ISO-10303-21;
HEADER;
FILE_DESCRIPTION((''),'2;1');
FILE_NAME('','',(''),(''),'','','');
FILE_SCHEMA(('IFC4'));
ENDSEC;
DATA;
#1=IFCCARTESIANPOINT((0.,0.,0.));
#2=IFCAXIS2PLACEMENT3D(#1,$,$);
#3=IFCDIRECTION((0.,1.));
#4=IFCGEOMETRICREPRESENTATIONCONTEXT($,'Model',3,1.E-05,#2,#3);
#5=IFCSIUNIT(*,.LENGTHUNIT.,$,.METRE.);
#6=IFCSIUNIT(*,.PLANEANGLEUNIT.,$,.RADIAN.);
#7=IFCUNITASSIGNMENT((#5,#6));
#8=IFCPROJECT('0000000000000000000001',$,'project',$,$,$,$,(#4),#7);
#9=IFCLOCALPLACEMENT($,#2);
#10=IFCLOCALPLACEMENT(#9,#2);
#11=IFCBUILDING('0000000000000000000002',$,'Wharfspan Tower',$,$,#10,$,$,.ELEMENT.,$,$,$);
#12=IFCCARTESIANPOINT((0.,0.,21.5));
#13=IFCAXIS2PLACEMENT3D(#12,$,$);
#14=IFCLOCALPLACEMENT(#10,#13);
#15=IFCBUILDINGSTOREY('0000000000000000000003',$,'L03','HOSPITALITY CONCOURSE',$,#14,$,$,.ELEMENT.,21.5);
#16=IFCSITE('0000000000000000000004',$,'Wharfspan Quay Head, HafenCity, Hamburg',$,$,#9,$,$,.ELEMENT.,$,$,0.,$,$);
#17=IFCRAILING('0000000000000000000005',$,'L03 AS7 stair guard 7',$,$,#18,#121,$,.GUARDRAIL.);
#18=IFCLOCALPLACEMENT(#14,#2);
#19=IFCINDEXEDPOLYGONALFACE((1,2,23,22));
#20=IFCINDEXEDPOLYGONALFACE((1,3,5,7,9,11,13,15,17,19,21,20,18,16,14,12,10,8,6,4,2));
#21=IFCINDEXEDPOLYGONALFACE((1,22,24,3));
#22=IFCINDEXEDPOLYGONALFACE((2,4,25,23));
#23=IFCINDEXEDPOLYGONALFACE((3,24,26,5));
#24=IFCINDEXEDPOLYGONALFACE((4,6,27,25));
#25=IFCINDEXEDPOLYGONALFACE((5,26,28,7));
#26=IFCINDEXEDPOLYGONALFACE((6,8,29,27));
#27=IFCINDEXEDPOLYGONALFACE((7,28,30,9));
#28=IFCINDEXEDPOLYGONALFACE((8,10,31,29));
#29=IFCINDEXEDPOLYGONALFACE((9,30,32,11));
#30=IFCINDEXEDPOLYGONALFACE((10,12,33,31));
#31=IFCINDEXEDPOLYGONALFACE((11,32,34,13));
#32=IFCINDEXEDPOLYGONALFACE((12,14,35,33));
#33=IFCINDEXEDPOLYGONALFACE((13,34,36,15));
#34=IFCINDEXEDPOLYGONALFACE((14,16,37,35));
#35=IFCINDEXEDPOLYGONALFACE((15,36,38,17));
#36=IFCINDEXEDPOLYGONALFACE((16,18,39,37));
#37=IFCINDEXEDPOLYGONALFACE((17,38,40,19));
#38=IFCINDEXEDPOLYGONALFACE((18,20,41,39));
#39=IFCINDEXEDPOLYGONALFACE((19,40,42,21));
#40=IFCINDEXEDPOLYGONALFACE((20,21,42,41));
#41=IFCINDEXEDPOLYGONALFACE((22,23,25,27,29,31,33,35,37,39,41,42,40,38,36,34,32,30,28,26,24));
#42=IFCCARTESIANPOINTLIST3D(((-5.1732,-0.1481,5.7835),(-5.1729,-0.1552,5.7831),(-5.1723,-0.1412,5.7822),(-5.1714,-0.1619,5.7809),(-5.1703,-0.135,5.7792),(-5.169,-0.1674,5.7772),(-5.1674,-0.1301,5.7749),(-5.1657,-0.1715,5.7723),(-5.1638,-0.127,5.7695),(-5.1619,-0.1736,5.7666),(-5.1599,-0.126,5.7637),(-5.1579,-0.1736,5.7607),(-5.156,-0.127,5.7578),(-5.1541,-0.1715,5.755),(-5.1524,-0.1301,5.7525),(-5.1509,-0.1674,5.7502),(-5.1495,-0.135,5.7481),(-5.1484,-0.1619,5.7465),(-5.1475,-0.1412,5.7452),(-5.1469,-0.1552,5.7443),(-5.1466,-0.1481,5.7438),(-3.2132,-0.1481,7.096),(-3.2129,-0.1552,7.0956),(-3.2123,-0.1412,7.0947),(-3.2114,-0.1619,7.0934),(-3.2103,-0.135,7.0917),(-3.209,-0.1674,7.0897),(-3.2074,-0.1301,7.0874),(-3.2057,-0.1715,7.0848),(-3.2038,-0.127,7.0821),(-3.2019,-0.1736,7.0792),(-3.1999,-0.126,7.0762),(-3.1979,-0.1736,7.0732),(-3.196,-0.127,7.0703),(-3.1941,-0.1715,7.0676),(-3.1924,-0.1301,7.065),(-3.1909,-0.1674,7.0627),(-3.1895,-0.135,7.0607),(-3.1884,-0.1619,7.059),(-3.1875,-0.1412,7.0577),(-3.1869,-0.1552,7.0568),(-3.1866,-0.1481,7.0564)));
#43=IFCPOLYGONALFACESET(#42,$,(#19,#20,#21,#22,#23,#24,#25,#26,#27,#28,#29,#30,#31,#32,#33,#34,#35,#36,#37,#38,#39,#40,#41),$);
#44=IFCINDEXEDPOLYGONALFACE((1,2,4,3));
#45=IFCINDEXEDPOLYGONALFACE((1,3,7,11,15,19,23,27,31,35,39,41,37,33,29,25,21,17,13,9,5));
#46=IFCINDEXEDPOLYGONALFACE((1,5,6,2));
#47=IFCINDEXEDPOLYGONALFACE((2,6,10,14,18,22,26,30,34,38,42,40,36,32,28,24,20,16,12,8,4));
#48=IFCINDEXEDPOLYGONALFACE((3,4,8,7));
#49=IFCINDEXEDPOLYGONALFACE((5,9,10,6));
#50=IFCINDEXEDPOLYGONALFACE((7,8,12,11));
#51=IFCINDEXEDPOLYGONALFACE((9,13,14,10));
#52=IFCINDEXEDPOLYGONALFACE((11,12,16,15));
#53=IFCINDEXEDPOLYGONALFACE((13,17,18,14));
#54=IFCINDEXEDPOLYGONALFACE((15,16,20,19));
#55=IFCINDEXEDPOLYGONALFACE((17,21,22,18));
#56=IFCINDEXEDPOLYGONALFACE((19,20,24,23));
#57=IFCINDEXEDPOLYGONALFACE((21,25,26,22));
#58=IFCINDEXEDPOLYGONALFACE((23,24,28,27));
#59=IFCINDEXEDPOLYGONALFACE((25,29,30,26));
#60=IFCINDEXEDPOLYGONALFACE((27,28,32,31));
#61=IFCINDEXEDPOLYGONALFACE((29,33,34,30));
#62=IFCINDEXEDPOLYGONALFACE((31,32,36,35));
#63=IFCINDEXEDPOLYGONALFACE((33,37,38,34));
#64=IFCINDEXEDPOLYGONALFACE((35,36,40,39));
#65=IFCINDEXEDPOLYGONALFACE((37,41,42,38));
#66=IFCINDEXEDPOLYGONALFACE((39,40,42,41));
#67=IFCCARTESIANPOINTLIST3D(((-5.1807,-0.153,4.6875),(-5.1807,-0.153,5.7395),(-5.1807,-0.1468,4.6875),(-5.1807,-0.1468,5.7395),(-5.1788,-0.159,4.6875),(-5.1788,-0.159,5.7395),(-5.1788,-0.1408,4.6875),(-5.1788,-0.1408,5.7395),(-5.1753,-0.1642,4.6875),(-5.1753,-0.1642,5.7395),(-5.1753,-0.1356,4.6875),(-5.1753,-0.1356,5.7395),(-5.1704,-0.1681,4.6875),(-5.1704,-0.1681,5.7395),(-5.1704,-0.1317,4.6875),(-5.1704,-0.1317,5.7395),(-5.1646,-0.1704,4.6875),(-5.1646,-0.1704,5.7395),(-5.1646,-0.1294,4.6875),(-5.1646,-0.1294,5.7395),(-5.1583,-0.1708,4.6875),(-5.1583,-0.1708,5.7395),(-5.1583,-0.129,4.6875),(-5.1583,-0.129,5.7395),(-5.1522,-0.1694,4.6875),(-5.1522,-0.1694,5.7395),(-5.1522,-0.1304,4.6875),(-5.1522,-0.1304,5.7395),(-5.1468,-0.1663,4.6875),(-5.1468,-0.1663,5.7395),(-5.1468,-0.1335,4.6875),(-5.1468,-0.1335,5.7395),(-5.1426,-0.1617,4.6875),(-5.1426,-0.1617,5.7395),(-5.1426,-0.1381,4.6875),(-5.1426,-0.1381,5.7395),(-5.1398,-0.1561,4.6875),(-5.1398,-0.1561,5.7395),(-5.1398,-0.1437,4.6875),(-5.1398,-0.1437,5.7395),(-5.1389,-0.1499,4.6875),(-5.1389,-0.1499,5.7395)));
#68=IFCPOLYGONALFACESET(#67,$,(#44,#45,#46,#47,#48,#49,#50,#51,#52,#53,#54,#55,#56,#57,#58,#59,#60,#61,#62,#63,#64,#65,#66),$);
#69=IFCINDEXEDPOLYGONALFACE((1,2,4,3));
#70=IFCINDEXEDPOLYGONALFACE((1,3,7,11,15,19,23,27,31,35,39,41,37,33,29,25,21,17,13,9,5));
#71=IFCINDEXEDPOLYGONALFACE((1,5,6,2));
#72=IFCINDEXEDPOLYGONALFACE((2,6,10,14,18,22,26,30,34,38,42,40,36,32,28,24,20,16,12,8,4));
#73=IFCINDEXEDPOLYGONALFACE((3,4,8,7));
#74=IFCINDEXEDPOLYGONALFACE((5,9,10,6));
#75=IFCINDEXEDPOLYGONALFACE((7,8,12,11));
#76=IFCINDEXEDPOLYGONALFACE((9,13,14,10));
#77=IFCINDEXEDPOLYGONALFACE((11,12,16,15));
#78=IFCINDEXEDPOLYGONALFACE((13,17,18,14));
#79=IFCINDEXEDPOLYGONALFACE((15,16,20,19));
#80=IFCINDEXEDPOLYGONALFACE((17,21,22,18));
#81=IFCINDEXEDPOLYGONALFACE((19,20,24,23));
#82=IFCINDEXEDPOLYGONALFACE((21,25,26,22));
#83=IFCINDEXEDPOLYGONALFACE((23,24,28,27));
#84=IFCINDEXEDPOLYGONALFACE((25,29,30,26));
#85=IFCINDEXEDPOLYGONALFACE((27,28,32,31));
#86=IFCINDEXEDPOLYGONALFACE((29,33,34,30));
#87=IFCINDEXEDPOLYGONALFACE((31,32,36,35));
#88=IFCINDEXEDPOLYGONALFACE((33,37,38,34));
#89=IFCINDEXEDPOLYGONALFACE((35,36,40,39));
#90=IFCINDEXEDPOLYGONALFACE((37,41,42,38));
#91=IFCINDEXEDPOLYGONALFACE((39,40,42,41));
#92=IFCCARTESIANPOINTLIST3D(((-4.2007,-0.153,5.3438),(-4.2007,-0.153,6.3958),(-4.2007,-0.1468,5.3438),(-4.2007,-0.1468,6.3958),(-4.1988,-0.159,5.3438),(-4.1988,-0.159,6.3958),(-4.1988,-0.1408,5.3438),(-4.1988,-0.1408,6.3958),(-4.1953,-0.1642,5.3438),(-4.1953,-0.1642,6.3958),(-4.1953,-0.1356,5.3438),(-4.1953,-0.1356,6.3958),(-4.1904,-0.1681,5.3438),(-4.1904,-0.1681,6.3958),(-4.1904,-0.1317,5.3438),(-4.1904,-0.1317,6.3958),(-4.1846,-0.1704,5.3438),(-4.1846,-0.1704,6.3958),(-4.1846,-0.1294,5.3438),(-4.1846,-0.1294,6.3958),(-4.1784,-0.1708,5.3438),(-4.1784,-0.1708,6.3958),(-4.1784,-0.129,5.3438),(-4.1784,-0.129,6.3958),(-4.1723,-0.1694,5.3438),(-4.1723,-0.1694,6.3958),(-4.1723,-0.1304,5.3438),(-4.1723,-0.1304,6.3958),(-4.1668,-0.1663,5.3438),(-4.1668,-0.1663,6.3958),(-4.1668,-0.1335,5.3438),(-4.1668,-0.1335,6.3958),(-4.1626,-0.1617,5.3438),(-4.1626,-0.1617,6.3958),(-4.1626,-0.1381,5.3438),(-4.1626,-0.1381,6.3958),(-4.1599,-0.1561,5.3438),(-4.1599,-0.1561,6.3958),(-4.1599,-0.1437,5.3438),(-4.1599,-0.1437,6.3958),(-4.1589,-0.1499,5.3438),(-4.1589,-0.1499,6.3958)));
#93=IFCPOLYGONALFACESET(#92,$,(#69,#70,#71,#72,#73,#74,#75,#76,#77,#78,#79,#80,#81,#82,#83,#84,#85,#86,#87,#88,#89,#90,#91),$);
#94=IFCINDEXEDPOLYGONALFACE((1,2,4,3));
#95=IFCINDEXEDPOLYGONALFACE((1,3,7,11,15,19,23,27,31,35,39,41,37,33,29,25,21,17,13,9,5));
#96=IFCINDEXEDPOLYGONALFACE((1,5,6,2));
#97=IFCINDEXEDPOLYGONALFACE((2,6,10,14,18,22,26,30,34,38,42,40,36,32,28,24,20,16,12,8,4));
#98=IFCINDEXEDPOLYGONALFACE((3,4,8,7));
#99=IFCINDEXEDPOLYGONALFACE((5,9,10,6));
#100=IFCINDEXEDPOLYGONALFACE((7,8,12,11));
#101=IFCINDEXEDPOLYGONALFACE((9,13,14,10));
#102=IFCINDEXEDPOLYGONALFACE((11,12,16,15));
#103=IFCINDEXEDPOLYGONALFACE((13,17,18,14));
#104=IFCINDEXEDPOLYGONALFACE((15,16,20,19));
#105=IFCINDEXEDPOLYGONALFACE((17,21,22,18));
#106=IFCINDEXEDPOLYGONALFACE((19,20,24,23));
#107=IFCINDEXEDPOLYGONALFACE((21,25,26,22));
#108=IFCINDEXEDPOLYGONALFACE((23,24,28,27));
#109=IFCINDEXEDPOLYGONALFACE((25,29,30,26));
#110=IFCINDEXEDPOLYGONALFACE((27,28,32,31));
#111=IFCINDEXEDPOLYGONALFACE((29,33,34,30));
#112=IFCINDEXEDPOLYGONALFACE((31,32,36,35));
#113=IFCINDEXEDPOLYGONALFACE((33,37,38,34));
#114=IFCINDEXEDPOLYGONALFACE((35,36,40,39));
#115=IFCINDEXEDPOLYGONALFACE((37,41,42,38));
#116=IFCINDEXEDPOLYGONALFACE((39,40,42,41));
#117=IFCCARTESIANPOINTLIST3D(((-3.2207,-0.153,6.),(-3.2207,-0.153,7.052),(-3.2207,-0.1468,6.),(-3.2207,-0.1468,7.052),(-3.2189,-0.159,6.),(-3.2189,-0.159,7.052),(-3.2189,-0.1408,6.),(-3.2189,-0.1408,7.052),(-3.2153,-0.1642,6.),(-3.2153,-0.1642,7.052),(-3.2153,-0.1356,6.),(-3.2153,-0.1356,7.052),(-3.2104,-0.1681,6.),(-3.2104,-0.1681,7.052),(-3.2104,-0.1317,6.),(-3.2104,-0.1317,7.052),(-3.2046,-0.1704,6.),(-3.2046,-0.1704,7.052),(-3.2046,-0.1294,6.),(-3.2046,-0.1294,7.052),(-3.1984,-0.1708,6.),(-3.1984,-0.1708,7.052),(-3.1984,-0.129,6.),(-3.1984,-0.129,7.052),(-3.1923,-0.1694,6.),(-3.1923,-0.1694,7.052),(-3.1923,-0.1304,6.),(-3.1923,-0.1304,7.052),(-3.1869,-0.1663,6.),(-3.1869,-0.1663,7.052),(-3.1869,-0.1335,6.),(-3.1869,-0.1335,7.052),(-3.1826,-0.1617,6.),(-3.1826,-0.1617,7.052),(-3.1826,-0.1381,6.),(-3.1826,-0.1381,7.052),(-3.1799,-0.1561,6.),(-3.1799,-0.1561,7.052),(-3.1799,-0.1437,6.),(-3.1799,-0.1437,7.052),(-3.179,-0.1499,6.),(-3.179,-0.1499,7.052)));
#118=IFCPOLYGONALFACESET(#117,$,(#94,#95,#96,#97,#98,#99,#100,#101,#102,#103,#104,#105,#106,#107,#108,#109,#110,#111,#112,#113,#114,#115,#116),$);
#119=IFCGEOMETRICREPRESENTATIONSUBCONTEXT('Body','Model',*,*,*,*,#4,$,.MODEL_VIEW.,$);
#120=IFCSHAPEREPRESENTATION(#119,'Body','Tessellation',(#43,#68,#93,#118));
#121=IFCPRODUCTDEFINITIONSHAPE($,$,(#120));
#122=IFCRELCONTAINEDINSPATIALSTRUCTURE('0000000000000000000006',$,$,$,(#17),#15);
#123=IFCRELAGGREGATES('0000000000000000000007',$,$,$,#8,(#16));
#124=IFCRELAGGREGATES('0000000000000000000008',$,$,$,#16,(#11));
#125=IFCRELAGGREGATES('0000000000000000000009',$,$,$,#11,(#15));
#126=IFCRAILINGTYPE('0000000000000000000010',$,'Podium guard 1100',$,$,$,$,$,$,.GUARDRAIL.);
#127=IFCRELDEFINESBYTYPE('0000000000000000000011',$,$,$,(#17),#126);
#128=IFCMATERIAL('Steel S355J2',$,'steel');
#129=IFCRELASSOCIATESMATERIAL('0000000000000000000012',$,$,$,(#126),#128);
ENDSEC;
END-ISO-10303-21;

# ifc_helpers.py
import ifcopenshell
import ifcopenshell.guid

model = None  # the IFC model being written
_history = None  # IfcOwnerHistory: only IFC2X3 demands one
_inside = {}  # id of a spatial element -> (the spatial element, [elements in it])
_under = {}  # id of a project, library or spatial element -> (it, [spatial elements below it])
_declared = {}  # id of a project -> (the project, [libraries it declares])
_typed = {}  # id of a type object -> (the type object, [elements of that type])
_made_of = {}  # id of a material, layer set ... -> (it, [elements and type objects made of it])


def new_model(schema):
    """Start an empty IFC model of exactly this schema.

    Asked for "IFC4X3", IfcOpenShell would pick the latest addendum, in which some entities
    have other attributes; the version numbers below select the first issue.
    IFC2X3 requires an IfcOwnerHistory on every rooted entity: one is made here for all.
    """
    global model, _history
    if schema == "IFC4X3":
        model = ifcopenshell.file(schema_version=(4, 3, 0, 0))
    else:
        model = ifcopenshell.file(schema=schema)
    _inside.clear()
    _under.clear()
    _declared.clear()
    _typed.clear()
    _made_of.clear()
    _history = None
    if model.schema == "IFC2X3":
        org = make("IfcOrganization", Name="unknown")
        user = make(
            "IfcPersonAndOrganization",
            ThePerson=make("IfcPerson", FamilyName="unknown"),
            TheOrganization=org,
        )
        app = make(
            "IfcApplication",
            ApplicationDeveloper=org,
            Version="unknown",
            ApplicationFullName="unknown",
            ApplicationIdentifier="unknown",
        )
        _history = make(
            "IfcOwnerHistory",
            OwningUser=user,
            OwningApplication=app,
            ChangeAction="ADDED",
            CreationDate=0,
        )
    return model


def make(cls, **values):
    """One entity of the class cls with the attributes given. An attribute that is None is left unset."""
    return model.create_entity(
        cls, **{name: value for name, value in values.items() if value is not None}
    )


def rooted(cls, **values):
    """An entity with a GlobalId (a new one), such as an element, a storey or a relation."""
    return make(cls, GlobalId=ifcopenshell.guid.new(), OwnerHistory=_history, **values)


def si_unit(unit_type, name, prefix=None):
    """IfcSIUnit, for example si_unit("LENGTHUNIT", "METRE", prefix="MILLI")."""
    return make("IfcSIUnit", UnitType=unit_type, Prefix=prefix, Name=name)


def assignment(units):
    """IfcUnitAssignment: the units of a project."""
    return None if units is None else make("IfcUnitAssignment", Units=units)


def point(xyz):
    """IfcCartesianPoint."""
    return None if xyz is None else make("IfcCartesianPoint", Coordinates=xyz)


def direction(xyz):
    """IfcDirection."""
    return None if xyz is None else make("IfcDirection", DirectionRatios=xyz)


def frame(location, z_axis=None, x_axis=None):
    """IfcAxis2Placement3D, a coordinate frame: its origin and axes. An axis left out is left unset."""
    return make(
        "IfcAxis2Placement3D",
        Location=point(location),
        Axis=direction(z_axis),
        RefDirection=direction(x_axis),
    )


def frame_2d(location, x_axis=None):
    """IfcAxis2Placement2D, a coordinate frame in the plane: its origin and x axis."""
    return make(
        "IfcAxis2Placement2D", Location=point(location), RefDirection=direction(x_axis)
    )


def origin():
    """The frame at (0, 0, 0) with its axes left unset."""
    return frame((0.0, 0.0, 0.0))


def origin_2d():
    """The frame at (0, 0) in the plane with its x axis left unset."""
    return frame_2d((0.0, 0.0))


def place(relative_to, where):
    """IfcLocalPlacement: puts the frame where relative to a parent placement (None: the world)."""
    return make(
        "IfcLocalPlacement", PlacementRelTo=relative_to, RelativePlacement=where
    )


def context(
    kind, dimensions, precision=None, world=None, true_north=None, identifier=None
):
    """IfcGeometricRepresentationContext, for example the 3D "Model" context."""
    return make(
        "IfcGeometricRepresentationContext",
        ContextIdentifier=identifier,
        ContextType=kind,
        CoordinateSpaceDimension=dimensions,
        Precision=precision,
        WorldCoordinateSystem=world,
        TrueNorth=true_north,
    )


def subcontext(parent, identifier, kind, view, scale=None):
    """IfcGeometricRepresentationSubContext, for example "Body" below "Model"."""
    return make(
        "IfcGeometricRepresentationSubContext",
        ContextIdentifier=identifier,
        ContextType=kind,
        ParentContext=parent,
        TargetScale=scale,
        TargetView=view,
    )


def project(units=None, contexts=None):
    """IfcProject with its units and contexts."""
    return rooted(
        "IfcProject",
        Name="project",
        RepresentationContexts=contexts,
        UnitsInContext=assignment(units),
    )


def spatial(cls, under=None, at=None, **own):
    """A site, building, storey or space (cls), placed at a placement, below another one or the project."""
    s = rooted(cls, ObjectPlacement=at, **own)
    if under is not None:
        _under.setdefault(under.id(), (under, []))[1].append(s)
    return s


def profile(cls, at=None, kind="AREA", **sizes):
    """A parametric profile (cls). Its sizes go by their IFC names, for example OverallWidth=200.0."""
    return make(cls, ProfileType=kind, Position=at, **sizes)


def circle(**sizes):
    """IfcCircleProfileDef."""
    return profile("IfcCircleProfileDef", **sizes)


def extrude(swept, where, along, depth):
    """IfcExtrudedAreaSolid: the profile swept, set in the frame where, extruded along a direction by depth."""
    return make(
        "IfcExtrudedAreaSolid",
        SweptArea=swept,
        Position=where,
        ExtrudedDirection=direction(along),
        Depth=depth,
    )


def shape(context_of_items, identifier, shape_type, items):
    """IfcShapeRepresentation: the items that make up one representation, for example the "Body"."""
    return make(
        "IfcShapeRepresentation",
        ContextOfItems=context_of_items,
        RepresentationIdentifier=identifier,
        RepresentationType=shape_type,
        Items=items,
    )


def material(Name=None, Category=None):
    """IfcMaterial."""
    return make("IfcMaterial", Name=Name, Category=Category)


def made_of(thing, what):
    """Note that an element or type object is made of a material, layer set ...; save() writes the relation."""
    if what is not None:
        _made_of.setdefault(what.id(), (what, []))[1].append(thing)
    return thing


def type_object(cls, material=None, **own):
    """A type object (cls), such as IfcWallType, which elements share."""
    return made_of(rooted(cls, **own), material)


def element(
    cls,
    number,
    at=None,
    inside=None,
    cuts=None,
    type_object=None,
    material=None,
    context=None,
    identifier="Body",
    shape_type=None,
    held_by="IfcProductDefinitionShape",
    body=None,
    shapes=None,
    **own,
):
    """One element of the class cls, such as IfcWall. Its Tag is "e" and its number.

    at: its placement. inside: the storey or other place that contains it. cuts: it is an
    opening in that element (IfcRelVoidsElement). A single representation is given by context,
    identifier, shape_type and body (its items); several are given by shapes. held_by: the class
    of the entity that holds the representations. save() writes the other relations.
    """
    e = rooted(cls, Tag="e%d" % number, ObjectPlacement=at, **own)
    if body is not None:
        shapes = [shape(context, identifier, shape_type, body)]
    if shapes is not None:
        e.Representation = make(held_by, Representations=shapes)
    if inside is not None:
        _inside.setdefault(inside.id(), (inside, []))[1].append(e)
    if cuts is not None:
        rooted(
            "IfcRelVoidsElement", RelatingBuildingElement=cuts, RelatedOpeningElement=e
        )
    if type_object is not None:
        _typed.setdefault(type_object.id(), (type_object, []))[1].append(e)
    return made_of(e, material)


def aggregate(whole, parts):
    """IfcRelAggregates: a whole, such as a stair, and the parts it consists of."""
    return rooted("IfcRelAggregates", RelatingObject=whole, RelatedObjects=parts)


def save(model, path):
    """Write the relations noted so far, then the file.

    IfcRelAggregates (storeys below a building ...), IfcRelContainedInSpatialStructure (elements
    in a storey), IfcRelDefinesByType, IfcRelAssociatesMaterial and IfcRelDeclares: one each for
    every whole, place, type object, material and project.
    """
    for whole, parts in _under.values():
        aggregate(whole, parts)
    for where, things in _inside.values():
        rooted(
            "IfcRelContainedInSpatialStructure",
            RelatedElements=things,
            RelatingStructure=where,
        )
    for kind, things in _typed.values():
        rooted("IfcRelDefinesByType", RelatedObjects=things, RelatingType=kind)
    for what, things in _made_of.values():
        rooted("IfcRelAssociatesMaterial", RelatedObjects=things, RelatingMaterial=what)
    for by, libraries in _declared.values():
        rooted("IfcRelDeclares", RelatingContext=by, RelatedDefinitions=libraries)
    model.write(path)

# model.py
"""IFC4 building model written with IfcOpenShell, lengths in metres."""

from ifc_helpers import new_model, si_unit, direction, frame, origin, origin_2d, place, context, subcontext, project, spatial, circle, extrude, material, type_object, element, save


model = new_model("IFC4")

# Units and contexts
model_context = context("Model", 3, precision=1e-05, world=origin(), true_north=direction((0.0, 1.0)))
body_context = subcontext(model_context, "Body", "Model", "MODEL_VIEW")
ifc_project = project(units=[si_unit("LENGTHUNIT", "METRE"), si_unit("PLANEANGLEUNIT", "RADIAN")], contexts=[model_context])

# Site, building, storey
site_placement = place(None, origin())
site = spatial("IfcSite", under=ifc_project, at=site_placement, Name="Wharfspan Quay Head, HafenCity, Hamburg", CompositionType="ELEMENT", RefElevation=0.0)
building_placement = place(site_placement, origin())
building = spatial("IfcBuilding", under=site, at=building_placement, Name="Wharfspan Tower", CompositionType="ELEMENT")
storey_placement = place(building_placement, frame((0.0, 0.0, 21.5)))
storey = spatial("IfcBuildingStorey", under=building, at=storey_placement, Name="L03", Description="HOSPITALITY CONCOURSE", CompositionType="ELEMENT", Elevation=21.5)

# Railing
ifc_material_1 = material(Name="Steel S355J2", Category="steel")
railing_type_1 = type_object("IfcRailingType", Name="Podium guard 1100", PredefinedType="GUARDRAIL", material=ifc_material_1)
railing_1_placement = place(storey_placement, frame((-5.1599, -0.1499, 4.6875)))
element("IfcRailing", 1, at=railing_1_placement, inside=storey, type_object=railing_type_1, Name="L03 AS7 stair guard 7", PredefinedType="GUARDRAIL", context=body_context, shape_type="SweptSolid", body=[
    extrude(circle(Radius=0.0239, at=origin_2d()), frame((0.0, 0.0, 1.0762), z_axis=(0.830902, 0.0, 0.556419), x_axis=(0.0, 1.0, 0.0)), (0.0, 0.0, 1.0), 2.3589),
    extrude(circle(Radius=0.021, at=origin_2d()), origin(), (0.0, 0.0, 1.0), 1.052),
    extrude(circle(Radius=0.021, at=origin_2d()), frame((0.98, 0.0, 0.6562)), (0.0, 0.0, 1.0), 1.052),
    extrude(circle(Radius=0.021, at=origin_2d()), frame((1.96, 0.0, 1.3125)), (0.0, 0.0, 1.0), 1.052),
])

save(model, "model.ifc")
